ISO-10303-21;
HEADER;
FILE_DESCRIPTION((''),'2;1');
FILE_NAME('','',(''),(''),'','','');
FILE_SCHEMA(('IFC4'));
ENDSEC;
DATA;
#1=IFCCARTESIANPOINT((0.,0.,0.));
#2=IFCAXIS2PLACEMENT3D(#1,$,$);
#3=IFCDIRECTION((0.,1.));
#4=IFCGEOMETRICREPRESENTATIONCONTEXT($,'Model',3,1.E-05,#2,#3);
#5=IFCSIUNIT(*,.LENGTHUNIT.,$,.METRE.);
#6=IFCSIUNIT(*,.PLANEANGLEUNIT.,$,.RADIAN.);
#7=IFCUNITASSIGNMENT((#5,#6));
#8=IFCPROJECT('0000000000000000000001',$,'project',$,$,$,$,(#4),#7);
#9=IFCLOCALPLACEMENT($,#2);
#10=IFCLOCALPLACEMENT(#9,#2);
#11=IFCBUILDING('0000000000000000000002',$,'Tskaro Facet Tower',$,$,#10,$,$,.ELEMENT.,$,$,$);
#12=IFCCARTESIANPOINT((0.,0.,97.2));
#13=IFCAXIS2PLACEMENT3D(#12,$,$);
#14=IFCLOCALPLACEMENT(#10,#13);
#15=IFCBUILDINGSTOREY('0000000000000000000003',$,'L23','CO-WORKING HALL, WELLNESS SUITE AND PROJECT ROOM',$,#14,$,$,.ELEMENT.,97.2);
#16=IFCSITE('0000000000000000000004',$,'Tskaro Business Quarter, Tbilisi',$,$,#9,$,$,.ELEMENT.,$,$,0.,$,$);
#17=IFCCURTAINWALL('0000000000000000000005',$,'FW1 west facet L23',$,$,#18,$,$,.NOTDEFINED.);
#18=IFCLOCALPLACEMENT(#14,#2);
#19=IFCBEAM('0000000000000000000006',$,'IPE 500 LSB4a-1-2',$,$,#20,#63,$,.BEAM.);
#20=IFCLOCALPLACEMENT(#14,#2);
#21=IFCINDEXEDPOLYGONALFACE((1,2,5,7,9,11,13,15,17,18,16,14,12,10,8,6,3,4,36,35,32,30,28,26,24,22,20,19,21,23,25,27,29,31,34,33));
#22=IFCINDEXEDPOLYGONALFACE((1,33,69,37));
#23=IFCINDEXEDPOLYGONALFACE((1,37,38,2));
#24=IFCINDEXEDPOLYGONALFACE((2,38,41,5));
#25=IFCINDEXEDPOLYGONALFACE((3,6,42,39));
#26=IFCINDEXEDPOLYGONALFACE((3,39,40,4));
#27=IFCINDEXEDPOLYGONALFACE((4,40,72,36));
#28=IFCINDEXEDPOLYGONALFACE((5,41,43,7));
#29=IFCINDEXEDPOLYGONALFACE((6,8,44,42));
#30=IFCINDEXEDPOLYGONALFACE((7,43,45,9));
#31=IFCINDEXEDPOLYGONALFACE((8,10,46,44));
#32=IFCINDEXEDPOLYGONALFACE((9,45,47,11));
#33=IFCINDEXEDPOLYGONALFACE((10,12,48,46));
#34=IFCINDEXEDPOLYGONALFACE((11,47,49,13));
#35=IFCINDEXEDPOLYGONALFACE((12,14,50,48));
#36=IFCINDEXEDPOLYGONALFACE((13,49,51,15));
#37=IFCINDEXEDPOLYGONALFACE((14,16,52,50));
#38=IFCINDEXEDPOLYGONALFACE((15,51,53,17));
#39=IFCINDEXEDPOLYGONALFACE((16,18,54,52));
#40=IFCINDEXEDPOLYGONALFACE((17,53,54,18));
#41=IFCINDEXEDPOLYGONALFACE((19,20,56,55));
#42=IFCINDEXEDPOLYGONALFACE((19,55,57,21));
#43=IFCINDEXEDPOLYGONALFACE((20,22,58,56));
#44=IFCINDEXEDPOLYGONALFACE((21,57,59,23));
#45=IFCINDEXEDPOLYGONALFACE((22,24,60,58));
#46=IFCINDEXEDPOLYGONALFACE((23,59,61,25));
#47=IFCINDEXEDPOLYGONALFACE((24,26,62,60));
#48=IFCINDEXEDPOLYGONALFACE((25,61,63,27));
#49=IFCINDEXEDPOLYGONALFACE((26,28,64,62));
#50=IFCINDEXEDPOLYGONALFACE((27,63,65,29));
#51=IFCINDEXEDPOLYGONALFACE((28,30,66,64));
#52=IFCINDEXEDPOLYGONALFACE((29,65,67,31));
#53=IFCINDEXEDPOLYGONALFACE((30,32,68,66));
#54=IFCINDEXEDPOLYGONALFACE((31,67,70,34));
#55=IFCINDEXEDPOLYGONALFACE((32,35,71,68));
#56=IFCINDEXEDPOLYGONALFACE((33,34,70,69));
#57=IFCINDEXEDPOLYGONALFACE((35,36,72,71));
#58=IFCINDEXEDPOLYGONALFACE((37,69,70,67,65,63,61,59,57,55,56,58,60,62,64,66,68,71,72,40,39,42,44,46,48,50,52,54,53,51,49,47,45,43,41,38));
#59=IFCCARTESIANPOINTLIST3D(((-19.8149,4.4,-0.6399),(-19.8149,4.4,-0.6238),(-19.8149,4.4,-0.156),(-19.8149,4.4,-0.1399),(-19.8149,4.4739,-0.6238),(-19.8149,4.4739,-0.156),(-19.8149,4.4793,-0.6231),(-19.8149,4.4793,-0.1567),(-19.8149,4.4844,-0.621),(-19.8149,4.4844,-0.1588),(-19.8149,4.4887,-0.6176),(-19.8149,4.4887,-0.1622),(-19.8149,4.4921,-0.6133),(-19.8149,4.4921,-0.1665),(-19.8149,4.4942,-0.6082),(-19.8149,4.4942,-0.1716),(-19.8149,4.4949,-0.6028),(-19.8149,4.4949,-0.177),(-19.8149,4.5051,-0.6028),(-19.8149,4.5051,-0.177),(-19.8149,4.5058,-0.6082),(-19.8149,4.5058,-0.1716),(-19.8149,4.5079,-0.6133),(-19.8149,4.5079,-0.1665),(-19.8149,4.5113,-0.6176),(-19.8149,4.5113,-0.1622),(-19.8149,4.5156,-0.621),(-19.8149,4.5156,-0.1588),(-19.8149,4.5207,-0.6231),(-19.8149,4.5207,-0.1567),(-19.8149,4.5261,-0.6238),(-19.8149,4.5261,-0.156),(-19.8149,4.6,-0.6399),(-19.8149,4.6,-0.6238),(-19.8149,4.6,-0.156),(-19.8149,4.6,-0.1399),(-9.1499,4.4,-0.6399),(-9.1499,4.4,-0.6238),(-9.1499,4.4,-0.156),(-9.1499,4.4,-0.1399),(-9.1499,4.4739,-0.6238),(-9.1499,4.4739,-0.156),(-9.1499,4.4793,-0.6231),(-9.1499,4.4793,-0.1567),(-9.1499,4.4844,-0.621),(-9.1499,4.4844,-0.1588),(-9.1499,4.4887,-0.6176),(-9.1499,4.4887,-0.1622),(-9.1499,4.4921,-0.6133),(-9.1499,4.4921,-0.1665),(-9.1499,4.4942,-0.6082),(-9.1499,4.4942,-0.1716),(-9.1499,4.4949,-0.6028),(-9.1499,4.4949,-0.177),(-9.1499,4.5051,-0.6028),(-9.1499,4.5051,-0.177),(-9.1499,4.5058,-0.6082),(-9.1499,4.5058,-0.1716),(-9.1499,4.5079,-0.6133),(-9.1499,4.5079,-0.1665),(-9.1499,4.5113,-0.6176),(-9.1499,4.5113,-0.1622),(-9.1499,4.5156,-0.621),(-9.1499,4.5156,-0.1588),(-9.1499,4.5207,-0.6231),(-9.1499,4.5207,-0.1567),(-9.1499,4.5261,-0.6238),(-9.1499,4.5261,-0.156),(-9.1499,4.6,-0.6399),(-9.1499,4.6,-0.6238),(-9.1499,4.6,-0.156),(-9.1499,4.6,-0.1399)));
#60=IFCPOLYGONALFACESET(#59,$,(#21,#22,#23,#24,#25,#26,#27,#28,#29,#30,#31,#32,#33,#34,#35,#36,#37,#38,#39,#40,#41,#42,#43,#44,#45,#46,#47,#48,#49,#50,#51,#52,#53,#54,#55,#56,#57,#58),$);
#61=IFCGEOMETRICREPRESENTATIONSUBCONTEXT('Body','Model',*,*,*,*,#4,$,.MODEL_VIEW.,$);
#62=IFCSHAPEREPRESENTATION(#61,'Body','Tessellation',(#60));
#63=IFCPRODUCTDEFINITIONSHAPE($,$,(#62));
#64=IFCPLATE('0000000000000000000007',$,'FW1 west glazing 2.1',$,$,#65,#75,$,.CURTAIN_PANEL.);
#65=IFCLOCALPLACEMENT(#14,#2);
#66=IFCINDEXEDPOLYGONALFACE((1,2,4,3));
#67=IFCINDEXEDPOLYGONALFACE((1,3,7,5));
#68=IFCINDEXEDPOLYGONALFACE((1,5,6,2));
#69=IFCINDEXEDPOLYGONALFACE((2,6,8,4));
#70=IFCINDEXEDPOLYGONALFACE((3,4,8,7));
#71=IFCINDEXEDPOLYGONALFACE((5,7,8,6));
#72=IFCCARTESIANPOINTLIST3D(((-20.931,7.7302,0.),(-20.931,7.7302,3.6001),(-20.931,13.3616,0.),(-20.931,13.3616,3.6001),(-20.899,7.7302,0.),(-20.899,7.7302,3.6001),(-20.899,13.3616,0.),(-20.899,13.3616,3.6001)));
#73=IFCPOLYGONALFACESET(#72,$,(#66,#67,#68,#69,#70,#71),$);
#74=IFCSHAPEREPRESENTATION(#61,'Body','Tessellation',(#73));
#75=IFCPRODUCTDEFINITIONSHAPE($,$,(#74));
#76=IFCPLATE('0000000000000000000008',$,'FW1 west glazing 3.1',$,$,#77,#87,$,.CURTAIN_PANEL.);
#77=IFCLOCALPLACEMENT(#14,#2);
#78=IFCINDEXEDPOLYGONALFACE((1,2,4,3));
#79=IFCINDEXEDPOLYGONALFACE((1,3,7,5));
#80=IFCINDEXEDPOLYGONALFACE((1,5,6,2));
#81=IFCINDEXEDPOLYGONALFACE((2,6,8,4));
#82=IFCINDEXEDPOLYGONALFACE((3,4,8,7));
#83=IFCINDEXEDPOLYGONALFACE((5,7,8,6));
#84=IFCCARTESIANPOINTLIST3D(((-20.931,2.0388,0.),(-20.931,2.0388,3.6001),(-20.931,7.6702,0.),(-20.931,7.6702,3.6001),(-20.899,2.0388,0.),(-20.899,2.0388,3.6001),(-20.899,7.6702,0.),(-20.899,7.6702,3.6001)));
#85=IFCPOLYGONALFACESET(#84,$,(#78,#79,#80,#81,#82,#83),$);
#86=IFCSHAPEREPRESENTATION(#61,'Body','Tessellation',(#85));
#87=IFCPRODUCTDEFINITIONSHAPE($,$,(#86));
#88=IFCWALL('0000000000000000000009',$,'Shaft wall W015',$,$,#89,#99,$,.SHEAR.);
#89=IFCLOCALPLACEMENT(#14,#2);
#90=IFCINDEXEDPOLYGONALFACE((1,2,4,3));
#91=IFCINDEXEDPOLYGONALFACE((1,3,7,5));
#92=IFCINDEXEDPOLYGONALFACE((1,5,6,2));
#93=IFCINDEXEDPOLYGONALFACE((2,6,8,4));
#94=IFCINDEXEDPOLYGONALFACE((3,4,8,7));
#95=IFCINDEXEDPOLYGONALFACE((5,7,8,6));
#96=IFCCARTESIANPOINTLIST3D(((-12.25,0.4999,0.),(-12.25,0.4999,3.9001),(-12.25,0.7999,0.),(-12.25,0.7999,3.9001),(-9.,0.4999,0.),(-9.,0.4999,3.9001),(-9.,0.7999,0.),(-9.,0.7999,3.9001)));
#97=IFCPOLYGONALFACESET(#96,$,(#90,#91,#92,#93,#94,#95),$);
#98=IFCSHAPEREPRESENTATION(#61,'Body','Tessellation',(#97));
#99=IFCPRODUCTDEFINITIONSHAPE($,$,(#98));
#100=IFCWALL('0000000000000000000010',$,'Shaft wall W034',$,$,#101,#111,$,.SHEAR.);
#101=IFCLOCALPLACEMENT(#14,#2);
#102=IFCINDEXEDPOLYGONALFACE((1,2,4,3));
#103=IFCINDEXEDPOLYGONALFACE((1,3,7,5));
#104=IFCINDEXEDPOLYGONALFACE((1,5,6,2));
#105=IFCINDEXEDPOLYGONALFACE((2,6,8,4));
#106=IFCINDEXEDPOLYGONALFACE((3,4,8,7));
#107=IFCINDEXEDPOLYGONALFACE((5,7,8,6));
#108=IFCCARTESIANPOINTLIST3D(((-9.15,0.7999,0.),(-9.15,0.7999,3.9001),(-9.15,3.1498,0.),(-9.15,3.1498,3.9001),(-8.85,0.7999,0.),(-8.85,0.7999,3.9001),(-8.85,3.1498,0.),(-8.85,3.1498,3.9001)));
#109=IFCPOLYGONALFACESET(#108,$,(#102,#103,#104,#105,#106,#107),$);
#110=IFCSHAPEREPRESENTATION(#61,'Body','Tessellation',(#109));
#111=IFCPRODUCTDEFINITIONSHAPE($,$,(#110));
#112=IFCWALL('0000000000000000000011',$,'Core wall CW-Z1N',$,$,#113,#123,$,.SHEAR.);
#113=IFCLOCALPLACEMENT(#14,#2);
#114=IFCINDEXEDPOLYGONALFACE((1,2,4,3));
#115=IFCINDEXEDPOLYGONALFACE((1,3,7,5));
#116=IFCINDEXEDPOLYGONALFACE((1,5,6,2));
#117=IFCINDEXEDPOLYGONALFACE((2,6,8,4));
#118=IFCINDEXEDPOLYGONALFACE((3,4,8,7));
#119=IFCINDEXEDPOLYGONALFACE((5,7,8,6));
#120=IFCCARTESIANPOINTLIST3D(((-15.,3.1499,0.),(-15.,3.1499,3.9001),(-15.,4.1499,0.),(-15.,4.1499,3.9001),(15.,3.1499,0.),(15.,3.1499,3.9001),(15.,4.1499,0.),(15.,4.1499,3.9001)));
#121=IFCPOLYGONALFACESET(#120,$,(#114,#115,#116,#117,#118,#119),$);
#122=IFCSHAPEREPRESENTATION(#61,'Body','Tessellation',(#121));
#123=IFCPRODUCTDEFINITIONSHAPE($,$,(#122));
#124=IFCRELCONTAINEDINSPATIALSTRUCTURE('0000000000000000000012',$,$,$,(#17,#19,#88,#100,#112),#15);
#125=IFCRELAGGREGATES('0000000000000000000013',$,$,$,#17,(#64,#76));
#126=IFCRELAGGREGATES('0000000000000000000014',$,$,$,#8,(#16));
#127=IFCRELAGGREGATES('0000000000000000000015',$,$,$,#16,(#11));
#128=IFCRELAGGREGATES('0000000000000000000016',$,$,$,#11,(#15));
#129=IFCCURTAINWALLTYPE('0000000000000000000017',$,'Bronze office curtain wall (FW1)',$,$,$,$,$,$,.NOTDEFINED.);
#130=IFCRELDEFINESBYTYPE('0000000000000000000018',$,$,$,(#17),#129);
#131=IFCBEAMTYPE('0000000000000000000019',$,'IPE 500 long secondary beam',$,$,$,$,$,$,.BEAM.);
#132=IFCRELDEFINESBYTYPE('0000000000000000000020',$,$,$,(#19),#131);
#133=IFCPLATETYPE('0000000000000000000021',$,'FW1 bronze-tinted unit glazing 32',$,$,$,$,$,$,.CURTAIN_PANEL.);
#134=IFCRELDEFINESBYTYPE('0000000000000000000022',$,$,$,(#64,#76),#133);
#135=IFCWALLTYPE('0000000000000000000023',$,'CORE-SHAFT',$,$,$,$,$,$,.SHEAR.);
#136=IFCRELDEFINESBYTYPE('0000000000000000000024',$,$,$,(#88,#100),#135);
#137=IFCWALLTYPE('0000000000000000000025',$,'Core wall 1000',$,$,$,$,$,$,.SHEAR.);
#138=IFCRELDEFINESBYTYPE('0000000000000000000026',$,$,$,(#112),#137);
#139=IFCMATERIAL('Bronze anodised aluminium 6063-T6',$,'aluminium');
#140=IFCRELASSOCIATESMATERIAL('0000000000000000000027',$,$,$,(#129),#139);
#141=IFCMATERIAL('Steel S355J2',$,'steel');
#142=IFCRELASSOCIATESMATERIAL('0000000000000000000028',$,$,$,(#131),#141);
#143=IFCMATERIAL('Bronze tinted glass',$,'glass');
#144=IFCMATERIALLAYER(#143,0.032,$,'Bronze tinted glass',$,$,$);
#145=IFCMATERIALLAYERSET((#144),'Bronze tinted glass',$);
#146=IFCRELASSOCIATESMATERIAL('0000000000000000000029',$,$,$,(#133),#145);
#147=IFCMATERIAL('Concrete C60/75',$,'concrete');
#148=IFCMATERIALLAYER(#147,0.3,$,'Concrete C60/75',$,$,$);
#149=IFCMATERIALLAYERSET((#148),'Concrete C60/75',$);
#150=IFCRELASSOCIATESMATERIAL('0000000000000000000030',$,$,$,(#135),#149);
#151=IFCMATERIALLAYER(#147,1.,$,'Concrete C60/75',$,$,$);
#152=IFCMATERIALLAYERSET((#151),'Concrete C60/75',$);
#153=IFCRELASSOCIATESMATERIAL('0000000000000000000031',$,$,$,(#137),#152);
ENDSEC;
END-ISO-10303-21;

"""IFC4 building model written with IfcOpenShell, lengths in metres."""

from ifc_helpers import new_model, si_unit, direction, frame, frame_2d, origin, origin_2d, place, context, subcontext, project, spatial, rectangle, i_section, extrude, material, layer, layer_set, material_profile, profile_set, type_object, element, aggregate, save


model = new_model("IFC4")

# Units and contexts
model_context = context("Model", 3, precision=1e-05, world=origin(), true_north=direction((0.0, 1.0)))
body_context = subcontext(model_context, "Body", "Model", "MODEL_VIEW")
ifc_project = project(units=[si_unit("LENGTHUNIT", "METRE"), si_unit("PLANEANGLEUNIT", "RADIAN")], contexts=[model_context])

# Site, building, storey
site_placement = place(None, origin())
site = spatial("IfcSite", under=ifc_project, at=site_placement, Name="Tskaro Business Quarter, Tbilisi", CompositionType="ELEMENT", RefElevation=0.0)
building_placement = place(site_placement, origin())
building = spatial("IfcBuilding", under=site, at=building_placement, Name="Tskaro Facet Tower", CompositionType="ELEMENT")
storey_placement = place(building_placement, frame((0.0, 0.0, 97.2)))
storey = spatial("IfcBuildingStorey", under=building, at=storey_placement, Name="L23", Description="CO-WORKING HALL, WELLNESS SUITE AND PROJECT ROOM", CompositionType="ELEMENT", Elevation=97.2)

# Curtain wall
ifc_material_1 = material(Name="Bronze anodised aluminium 6063-T6", Category="aluminium")
curtain_wall_type = type_object("IfcCurtainWallType", Name="Bronze office curtain wall (FW1)", PredefinedType="NOTDEFINED", material=ifc_material_1)
curtain_wall_placement = place(storey_placement, origin())
curtain_wall = element("IfcCurtainWall", 1, at=curtain_wall_placement, inside=storey, type_object=curtain_wall_type, Name="FW1 west facet L23", PredefinedType="NOTDEFINED")

# Beam
ifc_material_2 = material(Name="Steel S355J2", Category="steel")
ifc_material_profile_1 = material_profile(ifc_material_2, i_section(OverallWidth=0.2, OverallDepth=0.5, WebThickness=0.0103, FlangeThickness=0.0161, FilletRadius=0.021, at=origin_2d()), Name="IPE 500")
ifc_profile_set_1 = profile_set([ifc_material_profile_1], Name="Steel S355J2")
beam_type_1 = type_object("IfcBeamType", Name="IPE 500 long secondary beam", PredefinedType="BEAM", material=ifc_profile_set_1)
beam_1_placement = place(storey_placement, frame((-19.8149, 4.5, -0.3899), z_axis=(1.0, 0.0, 0.0), x_axis=(0.0, 1.0, 0.0)))
element("IfcBeam", 2, at=beam_1_placement, inside=storey, type_object=beam_type_1, Name="IPE 500 LSB4a-1-2", PredefinedType="BEAM", context=body_context, shape_type="SweptSolid", body=[
    extrude(i_section(OverallWidth=0.2, OverallDepth=0.5, WebThickness=0.0103, FlangeThickness=0.0161, FilletRadius=0.021, at=origin_2d()), origin(), (0.0, 0.0, 1.0), 10.665),
])

# Plates
ifc_material_3 = material(Name="Bronze tinted glass", Category="glass")
ifc_layer_1 = layer(ifc_material_3, 0.032, Name="Bronze tinted glass")
ifc_layer_set_1 = layer_set([ifc_layer_1], Name="Bronze tinted glass")
plate_type = type_object("IfcPlateType", Name="FW1 bronze-tinted unit glazing 32", PredefinedType="CURTAIN_PANEL", material=ifc_layer_set_1)
plate_1_placement = place(storey_placement, frame((-20.915, 10.5459, 0.0), z_axis=(0.0, 0.0, 1.0), x_axis=(0.0, -1.0, 0.0)))
plate_1 = element("IfcPlate", 3, at=plate_1_placement, type_object=plate_type, Name="FW1 west glazing 2.1", PredefinedType="CURTAIN_PANEL", context=body_context, shape_type="SweptSolid", body=[
    extrude(rectangle(XDim=5.6313, YDim=0.032, at=origin_2d()), origin(), (0.0, 0.0, 1.0), 3.6001),
])
plate_2_placement = place(storey_placement, frame((-20.915, 4.8545, 0.0), z_axis=(0.0, 0.0, 1.0), x_axis=(0.0, -1.0, 0.0)))
plate_2 = element("IfcPlate", 4, at=plate_2_placement, type_object=plate_type, Name="FW1 west glazing 3.1", PredefinedType="CURTAIN_PANEL", context=body_context, shape_type="SweptSolid", body=[
    extrude(rectangle(XDim=5.6313, YDim=0.032, at=origin_2d()), origin(), (0.0, 0.0, 1.0), 3.6001),
])
aggregate(curtain_wall, [plate_1, plate_2])

# Walls
ifc_material_4 = material(Name="Concrete C60/75", Category="concrete")
ifc_layer_2 = layer(ifc_material_4, 0.3, Name="Concrete C60/75")
ifc_layer_set_2 = layer_set([ifc_layer_2], Name="Concrete C60/75")
wall_type_1 = type_object("IfcWallType", Name="CORE-SHAFT", PredefinedType="SHEAR", material=ifc_layer_set_2)
wall_1_placement = place(storey_placement, frame((-9.0, 0.6499, 0.0), z_axis=(0.0, 0.0, 1.0), x_axis=(-1.0, 0.0, 0.0)))
element("IfcWall", 5, at=wall_1_placement, inside=storey, type_object=wall_type_1, Name="Shaft wall W015", PredefinedType="SHEAR", context=body_context, shape_type="SweptSolid", body=[
    extrude(rectangle(XDim=3.25, YDim=0.3, at=frame_2d((1.625, 0.0))), origin(), (0.0, 0.0, 1.0), 3.9001),
])
wall_2_placement = place(storey_placement, frame((-9.0, 0.8, 0.0), z_axis=(0.0, 0.0, 1.0), x_axis=(0.0, 1.0, 0.0)))
element("IfcWall", 6, at=wall_2_placement, inside=storey, type_object=wall_type_1, Name="Shaft wall W034", PredefinedType="SHEAR", context=body_context, shape_type="SweptSolid", body=[
    extrude(rectangle(XDim=2.3499, YDim=0.3, at=frame_2d((1.1748, 0.0))), origin(), (0.0, 0.0, 1.0), 3.9001),
])
ifc_layer_3 = layer(ifc_material_4, 1.0, Name="Concrete C60/75")
ifc_layer_set_3 = layer_set([ifc_layer_3], Name="Concrete C60/75")
wall_type_2 = type_object("IfcWallType", Name="Core wall 1000", PredefinedType="SHEAR", material=ifc_layer_set_3)
wall_3_placement = place(storey_placement, frame((-15.0, 3.6499, 0.0), z_axis=(0.0, 0.0, 1.0), x_axis=(1.0, 0.0, 0.0)))
element("IfcWall", 7, at=wall_3_placement, inside=storey, type_object=wall_type_2, Name="Core wall CW-Z1N", PredefinedType="SHEAR", context=body_context, shape_type="SweptSolid", body=[
    extrude(rectangle(XDim=30.0, YDim=1.0, at=frame_2d((15.0, 0.0))), origin(), (0.0, 0.0, 1.0), 3.9001),
])

save(model, "model.ifc")
